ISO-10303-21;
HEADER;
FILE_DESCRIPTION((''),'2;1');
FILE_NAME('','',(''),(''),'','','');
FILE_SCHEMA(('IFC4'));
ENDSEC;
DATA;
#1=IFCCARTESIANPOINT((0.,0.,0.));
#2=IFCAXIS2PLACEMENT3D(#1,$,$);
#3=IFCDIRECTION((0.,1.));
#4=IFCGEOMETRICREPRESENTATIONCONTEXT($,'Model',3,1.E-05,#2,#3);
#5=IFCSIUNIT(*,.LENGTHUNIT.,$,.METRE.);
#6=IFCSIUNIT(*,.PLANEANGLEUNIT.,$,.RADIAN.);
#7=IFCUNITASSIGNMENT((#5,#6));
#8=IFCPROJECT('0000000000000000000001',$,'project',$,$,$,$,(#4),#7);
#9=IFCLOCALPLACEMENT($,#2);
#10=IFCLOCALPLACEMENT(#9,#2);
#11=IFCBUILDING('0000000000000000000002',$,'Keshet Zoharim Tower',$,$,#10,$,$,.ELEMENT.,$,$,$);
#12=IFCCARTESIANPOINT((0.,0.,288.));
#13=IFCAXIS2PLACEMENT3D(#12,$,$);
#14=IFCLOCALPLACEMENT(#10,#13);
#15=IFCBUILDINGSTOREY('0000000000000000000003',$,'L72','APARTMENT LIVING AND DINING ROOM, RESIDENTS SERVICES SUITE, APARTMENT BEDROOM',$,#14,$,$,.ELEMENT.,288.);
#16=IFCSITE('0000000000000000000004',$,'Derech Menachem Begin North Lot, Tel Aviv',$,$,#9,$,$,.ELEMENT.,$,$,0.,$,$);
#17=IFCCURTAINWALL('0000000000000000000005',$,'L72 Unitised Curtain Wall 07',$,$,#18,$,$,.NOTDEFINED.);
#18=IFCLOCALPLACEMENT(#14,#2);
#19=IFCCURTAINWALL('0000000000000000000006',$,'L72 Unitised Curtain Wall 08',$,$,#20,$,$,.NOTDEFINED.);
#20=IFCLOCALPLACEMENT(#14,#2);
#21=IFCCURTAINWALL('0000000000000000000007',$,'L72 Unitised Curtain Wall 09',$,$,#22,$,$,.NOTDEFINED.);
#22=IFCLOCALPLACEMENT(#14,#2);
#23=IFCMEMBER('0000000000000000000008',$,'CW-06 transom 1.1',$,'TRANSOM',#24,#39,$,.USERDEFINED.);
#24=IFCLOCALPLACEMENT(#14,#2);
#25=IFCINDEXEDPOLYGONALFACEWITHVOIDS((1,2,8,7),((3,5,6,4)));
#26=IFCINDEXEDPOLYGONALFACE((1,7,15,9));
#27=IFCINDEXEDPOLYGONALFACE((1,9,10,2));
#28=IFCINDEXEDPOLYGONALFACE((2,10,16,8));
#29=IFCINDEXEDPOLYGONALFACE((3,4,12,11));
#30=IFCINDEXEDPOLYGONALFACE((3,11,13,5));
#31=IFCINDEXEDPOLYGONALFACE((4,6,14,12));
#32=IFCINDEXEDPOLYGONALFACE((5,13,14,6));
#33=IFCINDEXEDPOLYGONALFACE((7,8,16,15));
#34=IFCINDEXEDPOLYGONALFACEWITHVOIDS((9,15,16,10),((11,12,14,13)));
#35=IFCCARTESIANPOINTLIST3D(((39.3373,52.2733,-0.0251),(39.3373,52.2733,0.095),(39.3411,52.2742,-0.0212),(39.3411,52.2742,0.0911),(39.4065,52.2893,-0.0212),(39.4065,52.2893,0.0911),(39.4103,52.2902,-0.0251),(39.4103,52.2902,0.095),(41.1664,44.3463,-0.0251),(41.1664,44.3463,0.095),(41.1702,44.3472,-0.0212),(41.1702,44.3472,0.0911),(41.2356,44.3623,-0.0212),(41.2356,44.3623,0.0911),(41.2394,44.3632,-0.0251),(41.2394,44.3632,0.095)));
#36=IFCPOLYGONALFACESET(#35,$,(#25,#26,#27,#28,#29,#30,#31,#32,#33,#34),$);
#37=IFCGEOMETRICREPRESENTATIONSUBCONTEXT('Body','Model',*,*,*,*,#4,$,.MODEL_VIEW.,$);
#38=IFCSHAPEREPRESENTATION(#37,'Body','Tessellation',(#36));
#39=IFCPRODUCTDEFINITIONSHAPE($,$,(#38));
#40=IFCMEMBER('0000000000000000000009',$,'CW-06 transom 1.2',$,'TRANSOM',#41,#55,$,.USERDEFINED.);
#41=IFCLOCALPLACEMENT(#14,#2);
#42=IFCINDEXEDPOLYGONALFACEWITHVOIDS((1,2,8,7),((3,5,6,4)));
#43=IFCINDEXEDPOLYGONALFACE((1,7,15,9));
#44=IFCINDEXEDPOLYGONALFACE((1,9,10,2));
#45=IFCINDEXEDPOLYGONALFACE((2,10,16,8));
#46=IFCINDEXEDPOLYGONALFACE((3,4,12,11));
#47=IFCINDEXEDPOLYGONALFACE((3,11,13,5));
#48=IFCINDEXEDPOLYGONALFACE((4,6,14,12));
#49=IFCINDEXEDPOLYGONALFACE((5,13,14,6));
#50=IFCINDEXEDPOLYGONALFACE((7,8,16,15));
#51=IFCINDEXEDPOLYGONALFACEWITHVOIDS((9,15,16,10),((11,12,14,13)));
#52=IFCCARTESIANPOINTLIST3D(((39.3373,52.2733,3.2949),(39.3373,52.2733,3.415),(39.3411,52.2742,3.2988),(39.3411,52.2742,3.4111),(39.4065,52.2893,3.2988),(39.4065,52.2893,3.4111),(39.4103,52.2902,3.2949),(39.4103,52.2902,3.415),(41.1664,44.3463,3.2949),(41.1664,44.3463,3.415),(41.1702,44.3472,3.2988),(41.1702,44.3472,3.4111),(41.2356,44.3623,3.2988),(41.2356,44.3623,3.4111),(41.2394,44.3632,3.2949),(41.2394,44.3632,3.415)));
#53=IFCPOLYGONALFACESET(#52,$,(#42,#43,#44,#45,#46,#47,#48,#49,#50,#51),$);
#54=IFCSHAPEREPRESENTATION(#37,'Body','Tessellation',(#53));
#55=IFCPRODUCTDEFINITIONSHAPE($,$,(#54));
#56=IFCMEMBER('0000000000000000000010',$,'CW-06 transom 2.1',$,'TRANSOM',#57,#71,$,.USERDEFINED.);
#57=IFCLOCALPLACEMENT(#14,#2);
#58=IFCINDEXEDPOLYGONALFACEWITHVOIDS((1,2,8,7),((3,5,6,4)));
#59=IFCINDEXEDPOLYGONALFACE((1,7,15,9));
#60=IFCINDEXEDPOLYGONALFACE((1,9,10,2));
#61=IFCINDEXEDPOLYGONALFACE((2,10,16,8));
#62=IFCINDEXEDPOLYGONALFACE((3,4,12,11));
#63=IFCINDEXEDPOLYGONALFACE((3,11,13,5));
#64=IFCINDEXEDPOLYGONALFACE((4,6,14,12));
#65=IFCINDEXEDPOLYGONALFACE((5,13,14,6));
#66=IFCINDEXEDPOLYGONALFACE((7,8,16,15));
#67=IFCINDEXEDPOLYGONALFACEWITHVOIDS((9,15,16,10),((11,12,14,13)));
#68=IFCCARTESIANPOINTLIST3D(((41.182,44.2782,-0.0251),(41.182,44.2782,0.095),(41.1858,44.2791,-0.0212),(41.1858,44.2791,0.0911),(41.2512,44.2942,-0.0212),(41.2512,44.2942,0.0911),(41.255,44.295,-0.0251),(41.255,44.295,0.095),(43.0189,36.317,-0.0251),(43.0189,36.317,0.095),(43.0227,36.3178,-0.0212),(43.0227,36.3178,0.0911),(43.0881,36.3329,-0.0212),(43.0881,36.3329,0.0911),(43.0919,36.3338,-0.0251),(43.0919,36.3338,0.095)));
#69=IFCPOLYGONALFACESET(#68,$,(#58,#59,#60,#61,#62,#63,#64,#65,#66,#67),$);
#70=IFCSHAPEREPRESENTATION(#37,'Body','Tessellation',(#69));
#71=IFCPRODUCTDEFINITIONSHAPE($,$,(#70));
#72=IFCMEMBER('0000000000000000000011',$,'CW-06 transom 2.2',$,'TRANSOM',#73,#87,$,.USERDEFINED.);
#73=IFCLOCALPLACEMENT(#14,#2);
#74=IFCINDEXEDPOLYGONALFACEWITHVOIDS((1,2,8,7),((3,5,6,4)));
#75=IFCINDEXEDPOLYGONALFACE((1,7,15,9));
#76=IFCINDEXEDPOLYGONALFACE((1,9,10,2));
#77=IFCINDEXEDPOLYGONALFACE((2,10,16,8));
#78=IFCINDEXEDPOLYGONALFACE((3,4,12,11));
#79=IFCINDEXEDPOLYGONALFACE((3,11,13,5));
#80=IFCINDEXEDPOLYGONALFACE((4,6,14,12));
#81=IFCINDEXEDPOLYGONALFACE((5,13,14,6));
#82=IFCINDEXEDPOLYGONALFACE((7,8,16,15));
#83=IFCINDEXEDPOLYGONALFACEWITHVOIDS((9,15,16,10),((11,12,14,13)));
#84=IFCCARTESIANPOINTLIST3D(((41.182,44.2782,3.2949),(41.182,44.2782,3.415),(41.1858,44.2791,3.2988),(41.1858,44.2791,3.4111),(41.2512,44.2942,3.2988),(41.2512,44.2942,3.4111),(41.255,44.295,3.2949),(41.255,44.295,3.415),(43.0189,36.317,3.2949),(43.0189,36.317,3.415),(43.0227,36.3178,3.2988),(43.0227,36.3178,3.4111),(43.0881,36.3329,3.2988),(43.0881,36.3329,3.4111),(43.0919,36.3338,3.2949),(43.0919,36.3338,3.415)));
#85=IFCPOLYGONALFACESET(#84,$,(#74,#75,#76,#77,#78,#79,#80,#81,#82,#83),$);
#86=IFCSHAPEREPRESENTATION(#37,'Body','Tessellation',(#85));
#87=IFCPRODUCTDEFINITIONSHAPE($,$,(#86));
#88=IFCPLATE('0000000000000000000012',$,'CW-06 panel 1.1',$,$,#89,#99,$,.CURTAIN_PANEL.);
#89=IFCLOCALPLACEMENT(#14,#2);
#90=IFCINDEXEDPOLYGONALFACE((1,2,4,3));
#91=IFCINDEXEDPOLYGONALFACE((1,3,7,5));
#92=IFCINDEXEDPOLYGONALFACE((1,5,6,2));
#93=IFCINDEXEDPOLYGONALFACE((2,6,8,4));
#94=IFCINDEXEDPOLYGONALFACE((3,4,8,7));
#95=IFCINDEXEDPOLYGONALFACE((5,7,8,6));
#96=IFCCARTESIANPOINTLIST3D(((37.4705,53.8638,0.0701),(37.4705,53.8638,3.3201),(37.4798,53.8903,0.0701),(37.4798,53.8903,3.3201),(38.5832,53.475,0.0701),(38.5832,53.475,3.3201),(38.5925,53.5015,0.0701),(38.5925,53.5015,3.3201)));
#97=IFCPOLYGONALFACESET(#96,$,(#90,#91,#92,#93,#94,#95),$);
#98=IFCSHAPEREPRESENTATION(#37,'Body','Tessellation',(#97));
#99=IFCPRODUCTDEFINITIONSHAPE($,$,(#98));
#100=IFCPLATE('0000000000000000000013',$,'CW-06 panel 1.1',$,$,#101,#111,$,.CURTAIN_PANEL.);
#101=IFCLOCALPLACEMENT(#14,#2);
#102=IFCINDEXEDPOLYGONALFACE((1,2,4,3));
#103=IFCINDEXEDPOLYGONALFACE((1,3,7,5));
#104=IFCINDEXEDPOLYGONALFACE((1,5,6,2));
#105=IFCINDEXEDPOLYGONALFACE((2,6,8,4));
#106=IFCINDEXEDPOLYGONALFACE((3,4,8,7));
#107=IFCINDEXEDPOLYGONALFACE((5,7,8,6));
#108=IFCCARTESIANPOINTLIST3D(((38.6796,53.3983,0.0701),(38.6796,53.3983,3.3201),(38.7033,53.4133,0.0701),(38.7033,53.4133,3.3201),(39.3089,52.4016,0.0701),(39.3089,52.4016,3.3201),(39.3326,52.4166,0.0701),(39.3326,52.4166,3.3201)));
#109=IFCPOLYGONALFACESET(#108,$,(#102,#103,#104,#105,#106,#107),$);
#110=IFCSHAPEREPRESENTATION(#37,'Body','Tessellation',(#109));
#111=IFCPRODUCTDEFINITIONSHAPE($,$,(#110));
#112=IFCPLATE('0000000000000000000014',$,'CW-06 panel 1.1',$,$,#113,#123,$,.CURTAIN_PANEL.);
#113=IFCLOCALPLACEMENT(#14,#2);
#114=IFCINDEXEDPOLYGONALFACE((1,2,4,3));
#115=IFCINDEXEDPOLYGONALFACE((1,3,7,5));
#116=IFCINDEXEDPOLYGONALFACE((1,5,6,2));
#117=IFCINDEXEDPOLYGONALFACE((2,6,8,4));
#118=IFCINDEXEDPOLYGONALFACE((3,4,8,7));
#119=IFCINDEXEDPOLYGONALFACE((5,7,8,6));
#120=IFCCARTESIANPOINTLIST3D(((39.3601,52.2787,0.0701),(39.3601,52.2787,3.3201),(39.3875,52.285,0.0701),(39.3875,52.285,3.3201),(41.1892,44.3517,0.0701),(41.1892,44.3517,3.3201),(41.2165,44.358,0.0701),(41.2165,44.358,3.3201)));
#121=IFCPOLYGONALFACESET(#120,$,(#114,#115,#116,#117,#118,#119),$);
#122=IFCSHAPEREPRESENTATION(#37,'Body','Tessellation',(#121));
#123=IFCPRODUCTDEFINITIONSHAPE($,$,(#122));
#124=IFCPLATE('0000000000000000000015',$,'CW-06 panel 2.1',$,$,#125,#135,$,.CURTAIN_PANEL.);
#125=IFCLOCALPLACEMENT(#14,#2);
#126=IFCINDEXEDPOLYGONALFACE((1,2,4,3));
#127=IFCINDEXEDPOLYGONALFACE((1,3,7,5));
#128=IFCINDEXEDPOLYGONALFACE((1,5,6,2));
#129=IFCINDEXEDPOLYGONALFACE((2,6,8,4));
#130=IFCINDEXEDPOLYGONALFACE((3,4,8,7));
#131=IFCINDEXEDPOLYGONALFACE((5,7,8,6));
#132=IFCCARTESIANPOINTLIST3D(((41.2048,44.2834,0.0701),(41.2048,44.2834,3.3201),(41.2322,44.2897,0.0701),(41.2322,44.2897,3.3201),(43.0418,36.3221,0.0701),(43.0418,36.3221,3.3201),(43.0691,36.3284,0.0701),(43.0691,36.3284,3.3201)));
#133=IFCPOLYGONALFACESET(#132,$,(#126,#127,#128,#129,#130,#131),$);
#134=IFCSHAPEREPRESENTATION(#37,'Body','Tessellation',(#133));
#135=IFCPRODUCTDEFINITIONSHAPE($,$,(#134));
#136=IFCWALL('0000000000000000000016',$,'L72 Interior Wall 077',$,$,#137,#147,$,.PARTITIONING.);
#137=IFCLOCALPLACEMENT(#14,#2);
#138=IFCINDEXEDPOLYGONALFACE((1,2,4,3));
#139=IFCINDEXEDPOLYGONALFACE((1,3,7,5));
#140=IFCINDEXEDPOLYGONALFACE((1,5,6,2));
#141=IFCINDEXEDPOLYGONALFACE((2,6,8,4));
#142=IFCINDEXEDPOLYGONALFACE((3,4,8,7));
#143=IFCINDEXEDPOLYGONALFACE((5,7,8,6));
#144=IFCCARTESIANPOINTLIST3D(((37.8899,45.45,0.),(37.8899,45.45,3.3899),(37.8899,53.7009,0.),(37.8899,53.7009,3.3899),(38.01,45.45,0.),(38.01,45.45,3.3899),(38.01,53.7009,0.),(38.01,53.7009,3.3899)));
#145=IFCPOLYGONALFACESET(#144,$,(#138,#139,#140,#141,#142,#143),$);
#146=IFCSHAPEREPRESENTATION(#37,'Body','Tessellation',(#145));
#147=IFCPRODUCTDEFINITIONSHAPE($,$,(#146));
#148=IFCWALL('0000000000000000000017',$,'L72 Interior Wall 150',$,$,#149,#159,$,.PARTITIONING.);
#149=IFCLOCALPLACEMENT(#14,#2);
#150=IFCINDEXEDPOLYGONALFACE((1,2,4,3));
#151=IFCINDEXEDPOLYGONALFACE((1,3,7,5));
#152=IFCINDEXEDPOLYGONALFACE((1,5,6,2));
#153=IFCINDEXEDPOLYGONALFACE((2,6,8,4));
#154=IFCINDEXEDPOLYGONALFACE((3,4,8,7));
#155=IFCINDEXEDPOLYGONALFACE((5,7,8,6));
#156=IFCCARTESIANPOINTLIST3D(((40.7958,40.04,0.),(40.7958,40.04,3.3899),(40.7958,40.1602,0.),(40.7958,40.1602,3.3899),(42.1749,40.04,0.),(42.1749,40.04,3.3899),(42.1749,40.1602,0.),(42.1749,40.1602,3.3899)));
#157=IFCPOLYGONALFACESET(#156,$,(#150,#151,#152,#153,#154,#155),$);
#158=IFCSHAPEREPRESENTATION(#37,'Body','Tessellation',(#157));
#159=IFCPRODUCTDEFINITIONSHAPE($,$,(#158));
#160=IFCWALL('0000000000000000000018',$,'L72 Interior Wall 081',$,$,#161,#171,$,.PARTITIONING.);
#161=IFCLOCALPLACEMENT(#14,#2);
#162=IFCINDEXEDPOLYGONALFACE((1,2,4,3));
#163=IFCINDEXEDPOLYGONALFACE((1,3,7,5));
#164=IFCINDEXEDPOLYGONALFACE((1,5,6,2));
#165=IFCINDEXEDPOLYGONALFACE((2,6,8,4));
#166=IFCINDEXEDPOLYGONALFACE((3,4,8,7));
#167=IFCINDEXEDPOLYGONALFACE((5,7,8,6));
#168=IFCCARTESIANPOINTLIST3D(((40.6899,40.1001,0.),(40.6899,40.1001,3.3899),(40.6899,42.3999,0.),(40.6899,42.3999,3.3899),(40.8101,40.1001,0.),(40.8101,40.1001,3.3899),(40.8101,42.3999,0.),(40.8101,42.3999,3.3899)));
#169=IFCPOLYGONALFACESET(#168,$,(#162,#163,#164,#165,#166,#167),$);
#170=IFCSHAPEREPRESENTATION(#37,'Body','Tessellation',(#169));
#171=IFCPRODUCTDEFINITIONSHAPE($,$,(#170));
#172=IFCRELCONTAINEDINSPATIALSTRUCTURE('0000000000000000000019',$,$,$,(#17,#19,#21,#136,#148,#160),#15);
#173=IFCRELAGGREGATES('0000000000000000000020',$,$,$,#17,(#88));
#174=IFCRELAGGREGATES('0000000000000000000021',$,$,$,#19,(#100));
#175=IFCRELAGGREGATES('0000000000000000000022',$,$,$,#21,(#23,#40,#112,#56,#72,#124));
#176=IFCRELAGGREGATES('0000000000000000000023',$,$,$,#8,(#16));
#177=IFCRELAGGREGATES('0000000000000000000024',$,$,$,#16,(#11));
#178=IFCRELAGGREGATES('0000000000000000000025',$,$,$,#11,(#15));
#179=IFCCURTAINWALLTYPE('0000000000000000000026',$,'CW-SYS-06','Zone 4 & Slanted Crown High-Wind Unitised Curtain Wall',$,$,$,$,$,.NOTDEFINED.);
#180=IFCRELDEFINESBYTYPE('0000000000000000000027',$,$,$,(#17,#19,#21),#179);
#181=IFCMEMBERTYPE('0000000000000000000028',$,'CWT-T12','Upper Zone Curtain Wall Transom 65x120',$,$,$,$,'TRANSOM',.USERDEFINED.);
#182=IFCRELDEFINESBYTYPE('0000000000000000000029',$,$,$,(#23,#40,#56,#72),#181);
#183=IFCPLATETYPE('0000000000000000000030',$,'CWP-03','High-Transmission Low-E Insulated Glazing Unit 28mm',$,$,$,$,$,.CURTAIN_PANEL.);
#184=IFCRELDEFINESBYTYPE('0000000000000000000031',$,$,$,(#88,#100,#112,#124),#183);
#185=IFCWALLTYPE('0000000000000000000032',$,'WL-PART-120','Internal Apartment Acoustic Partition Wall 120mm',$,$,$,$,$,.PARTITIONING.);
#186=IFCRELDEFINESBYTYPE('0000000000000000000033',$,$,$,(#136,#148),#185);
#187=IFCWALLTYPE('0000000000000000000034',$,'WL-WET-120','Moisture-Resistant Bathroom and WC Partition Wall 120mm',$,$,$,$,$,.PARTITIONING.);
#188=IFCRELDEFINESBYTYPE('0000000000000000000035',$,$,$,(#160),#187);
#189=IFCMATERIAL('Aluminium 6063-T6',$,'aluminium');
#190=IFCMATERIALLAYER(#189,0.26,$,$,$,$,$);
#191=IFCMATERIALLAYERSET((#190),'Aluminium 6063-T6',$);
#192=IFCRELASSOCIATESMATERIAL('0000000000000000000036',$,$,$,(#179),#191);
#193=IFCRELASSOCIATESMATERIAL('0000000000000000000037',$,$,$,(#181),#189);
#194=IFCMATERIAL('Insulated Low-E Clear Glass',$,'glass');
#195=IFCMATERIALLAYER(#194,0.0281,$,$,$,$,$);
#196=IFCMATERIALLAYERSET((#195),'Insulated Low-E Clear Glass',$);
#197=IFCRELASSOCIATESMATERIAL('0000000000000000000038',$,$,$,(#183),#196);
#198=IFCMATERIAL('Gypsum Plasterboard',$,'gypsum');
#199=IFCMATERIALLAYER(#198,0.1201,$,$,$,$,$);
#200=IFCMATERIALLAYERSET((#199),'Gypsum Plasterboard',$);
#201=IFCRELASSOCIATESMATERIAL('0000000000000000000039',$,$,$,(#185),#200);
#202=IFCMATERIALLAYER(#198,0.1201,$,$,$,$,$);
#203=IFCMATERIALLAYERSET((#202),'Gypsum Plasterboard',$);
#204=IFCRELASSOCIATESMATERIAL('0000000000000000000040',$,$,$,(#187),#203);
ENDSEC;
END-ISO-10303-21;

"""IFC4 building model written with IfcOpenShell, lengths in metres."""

from ifc_helpers import new_model, si_unit, direction, frame, frame_2d, origin, origin_2d, place, context, subcontext, project, spatial, rectangle, hollow_rectangle, extrude, material, layer, layer_set, material_profile, profile_set, type_object, element, aggregate, save


model = new_model("IFC4")

# Units and contexts
model_context = context("Model", 3, precision=1e-05, world=origin(), true_north=direction((0.0, 1.0)))
body_context = subcontext(model_context, "Body", "Model", "MODEL_VIEW")
ifc_project = project(units=[si_unit("LENGTHUNIT", "METRE"), si_unit("PLANEANGLEUNIT", "RADIAN")], contexts=[model_context])

# Site, building, storey
site_placement = place(None, origin())
site = spatial("IfcSite", under=ifc_project, at=site_placement, Name="Derech Menachem Begin North Lot, Tel Aviv", CompositionType="ELEMENT", RefElevation=0.0)
building_placement = place(site_placement, origin())
building = spatial("IfcBuilding", under=site, at=building_placement, Name="Keshet Zoharim Tower", CompositionType="ELEMENT")
storey_placement = place(building_placement, frame((0.0, 0.0, 288.0)))
storey = spatial("IfcBuildingStorey", under=building, at=storey_placement, Name="L72", Description="APARTMENT LIVING AND DINING ROOM, RESIDENTS SERVICES SUITE, APARTMENT BEDROOM", CompositionType="ELEMENT", Elevation=288.0)

# Shared definitions
ifc_material_1 = material(Name="Aluminium 6063-T6", Category="aluminium")
ifc_layer_1 = layer(ifc_material_1, 0.26)
ifc_layer_set_1 = layer_set([ifc_layer_1], Name="Aluminium 6063-T6")
curtain_wall_type = type_object("IfcCurtainWallType", Name="CW-SYS-06", Description="Zone 4 & Slanted Crown High-Wind Unitised Curtain Wall", PredefinedType="NOTDEFINED", material=ifc_layer_set_1)

# Curtain walls
curtain_wall_1_placement = place(storey_placement, origin())
curtain_wall_1 = element("IfcCurtainWall", 1, at=curtain_wall_1_placement, inside=storey, type_object=curtain_wall_type, Name="L72 Unitised Curtain Wall 07", PredefinedType="NOTDEFINED")
curtain_wall_2_placement = place(storey_placement, origin())
curtain_wall_2 = element("IfcCurtainWall", 2, at=curtain_wall_2_placement, inside=storey, type_object=curtain_wall_type, Name="L72 Unitised Curtain Wall 08", PredefinedType="NOTDEFINED")
curtain_wall_3_placement = place(storey_placement, origin())
curtain_wall_3 = element("IfcCurtainWall", 3, at=curtain_wall_3_placement, inside=storey, type_object=curtain_wall_type, Name="L72 Unitised Curtain Wall 09", PredefinedType="NOTDEFINED")

# Members
ifc_material_profile_1 = material_profile(ifc_material_1, hollow_rectangle(XDim=0.075, YDim=0.1201, WallThickness=0.0039, at=origin_2d()), Name="TRN-75x120")
ifc_profile_set_1 = profile_set([ifc_material_profile_1], Name="Aluminium 6063-T6")
member_type_1 = type_object("IfcMemberType", Name="CWT-T12", Description="Upper Zone Curtain Wall Transom 65x120", ElementType="TRANSOM", PredefinedType="USERDEFINED", material=ifc_profile_set_1)
member_1_placement = place(storey_placement, frame((39.3738, 52.2817, 0.0349), z_axis=(0.224835, -0.974397, 0.0), x_axis=(0.974397, 0.224835, 0.0)))
member_1 = element("IfcMember", 4, at=member_1_placement, type_object=member_type_1, Name="CW-06 transom 1.1", ObjectType="TRANSOM", PredefinedType="USERDEFINED", context=body_context, shape_type="SweptSolid", body=[
    extrude(hollow_rectangle(XDim=0.075, YDim=0.1201, WallThickness=0.0039, at=origin_2d()), origin(), (0.0, 0.0, 1.0), 8.1353),
])
member_2_placement = place(storey_placement, frame((39.3738, 52.2817, 3.355), z_axis=(0.224835, -0.974397, 0.0), x_axis=(0.974397, 0.224835, 0.0)))
member_2 = element("IfcMember", 5, at=member_2_placement, type_object=member_type_1, Name="CW-06 transom 1.2", ObjectType="TRANSOM", PredefinedType="USERDEFINED", context=body_context, shape_type="SweptSolid", body=[
    extrude(hollow_rectangle(XDim=0.075, YDim=0.1201, WallThickness=0.0039, at=origin_2d()), origin(), (0.0, 0.0, 1.0), 8.1353),
])
member_3_placement = place(storey_placement, frame((41.2185, 44.2866, 0.0349), z_axis=(0.224827, -0.974399, 0.0), x_axis=(0.974399, 0.224827, 0.0)))
member_3 = element("IfcMember", 6, at=member_3_placement, type_object=member_type_1, Name="CW-06 transom 2.1", ObjectType="TRANSOM", PredefinedType="USERDEFINED", context=body_context, shape_type="SweptSolid", body=[
    extrude(hollow_rectangle(XDim=0.075, YDim=0.1201, WallThickness=0.0039, at=origin_2d()), origin(), (0.0, 0.0, 1.0), 8.1704),
])
member_4_placement = place(storey_placement, frame((41.2185, 44.2866, 3.355), z_axis=(0.224827, -0.974399, 0.0), x_axis=(0.974399, 0.224827, 0.0)))
member_4 = element("IfcMember", 7, at=member_4_placement, type_object=member_type_1, Name="CW-06 transom 2.2", ObjectType="TRANSOM", PredefinedType="USERDEFINED", context=body_context, shape_type="SweptSolid", body=[
    extrude(hollow_rectangle(XDim=0.075, YDim=0.1201, WallThickness=0.0039, at=origin_2d()), origin(), (0.0, 0.0, 1.0), 8.1704),
])

# Plates
ifc_material_2 = material(Name="Insulated Low-E Clear Glass", Category="glass")
ifc_layer_2 = layer(ifc_material_2, 0.0281)
ifc_layer_set_2 = layer_set([ifc_layer_2], Name="Insulated Low-E Clear Glass")
plate_type = type_object("IfcPlateType", Name="CWP-03", Description="High-Transmission Low-E Insulated Glazing Unit 28mm", PredefinedType="CURTAIN_PANEL", material=ifc_layer_set_2)
plate_1_placement = place(storey_placement, frame((38.0315, 53.6826, 0.0701), z_axis=(0.0, 0.0, 1.0), x_axis=(0.944036, -0.329844, 0.0)))
plate_1 = element("IfcPlate", 8, at=plate_1_placement, type_object=plate_type, Name="CW-06 panel 1.1", PredefinedType="CURTAIN_PANEL", context=body_context, shape_type="SweptSolid", body=[
    extrude(rectangle(XDim=1.1787, YDim=0.0281, at=origin_2d()), origin(), (0.0, 0.0, 1.0), 3.25),
])
aggregate(curtain_wall_1, [plate_1])
plate_2_placement = place(storey_placement, frame((39.0061, 52.9075, 0.0701), z_axis=(0.0, 0.0, 1.0), x_axis=(0.533879, -0.845561, 0.0)))
plate_2 = element("IfcPlate", 9, at=plate_2_placement, type_object=plate_type, Name="CW-06 panel 1.1", PredefinedType="CURTAIN_PANEL", context=body_context, shape_type="SweptSolid", body=[
    extrude(rectangle(XDim=1.1787, YDim=0.0281, at=origin_2d()), origin(), (0.0, 0.0, 1.0), 3.25),
])
aggregate(curtain_wall_2, [plate_2])
plate_3_placement = place(storey_placement, frame((40.2883, 48.3184, 0.0701), z_axis=(0.0, 0.0, 1.0), x_axis=(0.22483, -0.974398, 0.0)))
plate_3 = element("IfcPlate", 10, at=plate_3_placement, type_object=plate_type, Name="CW-06 panel 1.1", PredefinedType="CURTAIN_PANEL", context=body_context, shape_type="SweptSolid", body=[
    extrude(rectangle(XDim=8.1353, YDim=0.0281, at=origin_2d()), origin(), (0.0, 0.0, 1.0), 3.25),
])
plate_4_placement = place(storey_placement, frame((42.137, 40.3059, 0.0701), z_axis=(0.0, 0.0, 1.0), x_axis=(0.22483, -0.974398, 0.0)))
plate_4 = element("IfcPlate", 11, at=plate_4_placement, type_object=plate_type, Name="CW-06 panel 2.1", PredefinedType="CURTAIN_PANEL", context=body_context, shape_type="SweptSolid", body=[
    extrude(rectangle(XDim=8.1704, YDim=0.0281, at=origin_2d()), origin(), (0.0, 0.0, 1.0), 3.25),
])
aggregate(curtain_wall_3, [member_1, member_2, plate_3, member_3, member_4, plate_4])

# Walls
ifc_material_3 = material(Name="Gypsum Plasterboard", Category="gypsum")
ifc_layer_3 = layer(ifc_material_3, 0.1201)
ifc_layer_set_3 = layer_set([ifc_layer_3], Name="Gypsum Plasterboard")
wall_type_1 = type_object("IfcWallType", Name="WL-PART-120", Description="Internal Apartment Acoustic Partition Wall 120mm", PredefinedType="PARTITIONING", material=ifc_layer_set_3)
wall_1_placement = place(storey_placement, frame((37.95, 45.45, 0.0), z_axis=(0.0, 0.0, 1.0), x_axis=(0.0, 1.0, 0.0)))
element("IfcWall", 12, at=wall_1_placement, inside=storey, type_object=wall_type_1, Name="L72 Interior Wall 077", PredefinedType="PARTITIONING", context=body_context, shape_type="SweptSolid", body=[
    extrude(rectangle(XDim=8.251, YDim=0.1201, at=frame_2d((4.1255, 0.0))), origin(), (0.0, 0.0, 1.0), 3.3899),
])
wall_2_placement = place(storey_placement, frame((40.7959, 40.1001, 0.0), z_axis=(0.0, 0.0, 1.0), x_axis=(1.0, 0.0, 0.0)))
element("IfcWall", 13, at=wall_2_placement, inside=storey, type_object=wall_type_1, Name="L72 Interior Wall 150", PredefinedType="PARTITIONING", context=body_context, shape_type="SweptSolid", body=[
    extrude(rectangle(XDim=1.3792, YDim=0.1201, at=frame_2d((0.6895, 0.0))), origin(), (0.0, 0.0, 1.0), 3.3899),
])
ifc_layer_4 = layer(ifc_material_3, 0.1201)
ifc_layer_set_4 = layer_set([ifc_layer_4], Name="Gypsum Plasterboard")
wall_type_2 = type_object("IfcWallType", Name="WL-WET-120", Description="Moisture-Resistant Bathroom and WC Partition Wall 120mm", PredefinedType="PARTITIONING", material=ifc_layer_set_4)
wall_3_placement = place(storey_placement, frame((40.75, 40.1001, 0.0), z_axis=(0.0, 0.0, 1.0), x_axis=(0.0, 1.0, 0.0)))
element("IfcWall", 14, at=wall_3_placement, inside=storey, type_object=wall_type_2, Name="L72 Interior Wall 081", PredefinedType="PARTITIONING", context=body_context, shape_type="SweptSolid", body=[
    extrude(rectangle(XDim=2.2998, YDim=0.1201, at=frame_2d((1.1499, 0.0))), origin(), (0.0, 0.0, 1.0), 3.3899),
])

save(model, "model.ifc")
